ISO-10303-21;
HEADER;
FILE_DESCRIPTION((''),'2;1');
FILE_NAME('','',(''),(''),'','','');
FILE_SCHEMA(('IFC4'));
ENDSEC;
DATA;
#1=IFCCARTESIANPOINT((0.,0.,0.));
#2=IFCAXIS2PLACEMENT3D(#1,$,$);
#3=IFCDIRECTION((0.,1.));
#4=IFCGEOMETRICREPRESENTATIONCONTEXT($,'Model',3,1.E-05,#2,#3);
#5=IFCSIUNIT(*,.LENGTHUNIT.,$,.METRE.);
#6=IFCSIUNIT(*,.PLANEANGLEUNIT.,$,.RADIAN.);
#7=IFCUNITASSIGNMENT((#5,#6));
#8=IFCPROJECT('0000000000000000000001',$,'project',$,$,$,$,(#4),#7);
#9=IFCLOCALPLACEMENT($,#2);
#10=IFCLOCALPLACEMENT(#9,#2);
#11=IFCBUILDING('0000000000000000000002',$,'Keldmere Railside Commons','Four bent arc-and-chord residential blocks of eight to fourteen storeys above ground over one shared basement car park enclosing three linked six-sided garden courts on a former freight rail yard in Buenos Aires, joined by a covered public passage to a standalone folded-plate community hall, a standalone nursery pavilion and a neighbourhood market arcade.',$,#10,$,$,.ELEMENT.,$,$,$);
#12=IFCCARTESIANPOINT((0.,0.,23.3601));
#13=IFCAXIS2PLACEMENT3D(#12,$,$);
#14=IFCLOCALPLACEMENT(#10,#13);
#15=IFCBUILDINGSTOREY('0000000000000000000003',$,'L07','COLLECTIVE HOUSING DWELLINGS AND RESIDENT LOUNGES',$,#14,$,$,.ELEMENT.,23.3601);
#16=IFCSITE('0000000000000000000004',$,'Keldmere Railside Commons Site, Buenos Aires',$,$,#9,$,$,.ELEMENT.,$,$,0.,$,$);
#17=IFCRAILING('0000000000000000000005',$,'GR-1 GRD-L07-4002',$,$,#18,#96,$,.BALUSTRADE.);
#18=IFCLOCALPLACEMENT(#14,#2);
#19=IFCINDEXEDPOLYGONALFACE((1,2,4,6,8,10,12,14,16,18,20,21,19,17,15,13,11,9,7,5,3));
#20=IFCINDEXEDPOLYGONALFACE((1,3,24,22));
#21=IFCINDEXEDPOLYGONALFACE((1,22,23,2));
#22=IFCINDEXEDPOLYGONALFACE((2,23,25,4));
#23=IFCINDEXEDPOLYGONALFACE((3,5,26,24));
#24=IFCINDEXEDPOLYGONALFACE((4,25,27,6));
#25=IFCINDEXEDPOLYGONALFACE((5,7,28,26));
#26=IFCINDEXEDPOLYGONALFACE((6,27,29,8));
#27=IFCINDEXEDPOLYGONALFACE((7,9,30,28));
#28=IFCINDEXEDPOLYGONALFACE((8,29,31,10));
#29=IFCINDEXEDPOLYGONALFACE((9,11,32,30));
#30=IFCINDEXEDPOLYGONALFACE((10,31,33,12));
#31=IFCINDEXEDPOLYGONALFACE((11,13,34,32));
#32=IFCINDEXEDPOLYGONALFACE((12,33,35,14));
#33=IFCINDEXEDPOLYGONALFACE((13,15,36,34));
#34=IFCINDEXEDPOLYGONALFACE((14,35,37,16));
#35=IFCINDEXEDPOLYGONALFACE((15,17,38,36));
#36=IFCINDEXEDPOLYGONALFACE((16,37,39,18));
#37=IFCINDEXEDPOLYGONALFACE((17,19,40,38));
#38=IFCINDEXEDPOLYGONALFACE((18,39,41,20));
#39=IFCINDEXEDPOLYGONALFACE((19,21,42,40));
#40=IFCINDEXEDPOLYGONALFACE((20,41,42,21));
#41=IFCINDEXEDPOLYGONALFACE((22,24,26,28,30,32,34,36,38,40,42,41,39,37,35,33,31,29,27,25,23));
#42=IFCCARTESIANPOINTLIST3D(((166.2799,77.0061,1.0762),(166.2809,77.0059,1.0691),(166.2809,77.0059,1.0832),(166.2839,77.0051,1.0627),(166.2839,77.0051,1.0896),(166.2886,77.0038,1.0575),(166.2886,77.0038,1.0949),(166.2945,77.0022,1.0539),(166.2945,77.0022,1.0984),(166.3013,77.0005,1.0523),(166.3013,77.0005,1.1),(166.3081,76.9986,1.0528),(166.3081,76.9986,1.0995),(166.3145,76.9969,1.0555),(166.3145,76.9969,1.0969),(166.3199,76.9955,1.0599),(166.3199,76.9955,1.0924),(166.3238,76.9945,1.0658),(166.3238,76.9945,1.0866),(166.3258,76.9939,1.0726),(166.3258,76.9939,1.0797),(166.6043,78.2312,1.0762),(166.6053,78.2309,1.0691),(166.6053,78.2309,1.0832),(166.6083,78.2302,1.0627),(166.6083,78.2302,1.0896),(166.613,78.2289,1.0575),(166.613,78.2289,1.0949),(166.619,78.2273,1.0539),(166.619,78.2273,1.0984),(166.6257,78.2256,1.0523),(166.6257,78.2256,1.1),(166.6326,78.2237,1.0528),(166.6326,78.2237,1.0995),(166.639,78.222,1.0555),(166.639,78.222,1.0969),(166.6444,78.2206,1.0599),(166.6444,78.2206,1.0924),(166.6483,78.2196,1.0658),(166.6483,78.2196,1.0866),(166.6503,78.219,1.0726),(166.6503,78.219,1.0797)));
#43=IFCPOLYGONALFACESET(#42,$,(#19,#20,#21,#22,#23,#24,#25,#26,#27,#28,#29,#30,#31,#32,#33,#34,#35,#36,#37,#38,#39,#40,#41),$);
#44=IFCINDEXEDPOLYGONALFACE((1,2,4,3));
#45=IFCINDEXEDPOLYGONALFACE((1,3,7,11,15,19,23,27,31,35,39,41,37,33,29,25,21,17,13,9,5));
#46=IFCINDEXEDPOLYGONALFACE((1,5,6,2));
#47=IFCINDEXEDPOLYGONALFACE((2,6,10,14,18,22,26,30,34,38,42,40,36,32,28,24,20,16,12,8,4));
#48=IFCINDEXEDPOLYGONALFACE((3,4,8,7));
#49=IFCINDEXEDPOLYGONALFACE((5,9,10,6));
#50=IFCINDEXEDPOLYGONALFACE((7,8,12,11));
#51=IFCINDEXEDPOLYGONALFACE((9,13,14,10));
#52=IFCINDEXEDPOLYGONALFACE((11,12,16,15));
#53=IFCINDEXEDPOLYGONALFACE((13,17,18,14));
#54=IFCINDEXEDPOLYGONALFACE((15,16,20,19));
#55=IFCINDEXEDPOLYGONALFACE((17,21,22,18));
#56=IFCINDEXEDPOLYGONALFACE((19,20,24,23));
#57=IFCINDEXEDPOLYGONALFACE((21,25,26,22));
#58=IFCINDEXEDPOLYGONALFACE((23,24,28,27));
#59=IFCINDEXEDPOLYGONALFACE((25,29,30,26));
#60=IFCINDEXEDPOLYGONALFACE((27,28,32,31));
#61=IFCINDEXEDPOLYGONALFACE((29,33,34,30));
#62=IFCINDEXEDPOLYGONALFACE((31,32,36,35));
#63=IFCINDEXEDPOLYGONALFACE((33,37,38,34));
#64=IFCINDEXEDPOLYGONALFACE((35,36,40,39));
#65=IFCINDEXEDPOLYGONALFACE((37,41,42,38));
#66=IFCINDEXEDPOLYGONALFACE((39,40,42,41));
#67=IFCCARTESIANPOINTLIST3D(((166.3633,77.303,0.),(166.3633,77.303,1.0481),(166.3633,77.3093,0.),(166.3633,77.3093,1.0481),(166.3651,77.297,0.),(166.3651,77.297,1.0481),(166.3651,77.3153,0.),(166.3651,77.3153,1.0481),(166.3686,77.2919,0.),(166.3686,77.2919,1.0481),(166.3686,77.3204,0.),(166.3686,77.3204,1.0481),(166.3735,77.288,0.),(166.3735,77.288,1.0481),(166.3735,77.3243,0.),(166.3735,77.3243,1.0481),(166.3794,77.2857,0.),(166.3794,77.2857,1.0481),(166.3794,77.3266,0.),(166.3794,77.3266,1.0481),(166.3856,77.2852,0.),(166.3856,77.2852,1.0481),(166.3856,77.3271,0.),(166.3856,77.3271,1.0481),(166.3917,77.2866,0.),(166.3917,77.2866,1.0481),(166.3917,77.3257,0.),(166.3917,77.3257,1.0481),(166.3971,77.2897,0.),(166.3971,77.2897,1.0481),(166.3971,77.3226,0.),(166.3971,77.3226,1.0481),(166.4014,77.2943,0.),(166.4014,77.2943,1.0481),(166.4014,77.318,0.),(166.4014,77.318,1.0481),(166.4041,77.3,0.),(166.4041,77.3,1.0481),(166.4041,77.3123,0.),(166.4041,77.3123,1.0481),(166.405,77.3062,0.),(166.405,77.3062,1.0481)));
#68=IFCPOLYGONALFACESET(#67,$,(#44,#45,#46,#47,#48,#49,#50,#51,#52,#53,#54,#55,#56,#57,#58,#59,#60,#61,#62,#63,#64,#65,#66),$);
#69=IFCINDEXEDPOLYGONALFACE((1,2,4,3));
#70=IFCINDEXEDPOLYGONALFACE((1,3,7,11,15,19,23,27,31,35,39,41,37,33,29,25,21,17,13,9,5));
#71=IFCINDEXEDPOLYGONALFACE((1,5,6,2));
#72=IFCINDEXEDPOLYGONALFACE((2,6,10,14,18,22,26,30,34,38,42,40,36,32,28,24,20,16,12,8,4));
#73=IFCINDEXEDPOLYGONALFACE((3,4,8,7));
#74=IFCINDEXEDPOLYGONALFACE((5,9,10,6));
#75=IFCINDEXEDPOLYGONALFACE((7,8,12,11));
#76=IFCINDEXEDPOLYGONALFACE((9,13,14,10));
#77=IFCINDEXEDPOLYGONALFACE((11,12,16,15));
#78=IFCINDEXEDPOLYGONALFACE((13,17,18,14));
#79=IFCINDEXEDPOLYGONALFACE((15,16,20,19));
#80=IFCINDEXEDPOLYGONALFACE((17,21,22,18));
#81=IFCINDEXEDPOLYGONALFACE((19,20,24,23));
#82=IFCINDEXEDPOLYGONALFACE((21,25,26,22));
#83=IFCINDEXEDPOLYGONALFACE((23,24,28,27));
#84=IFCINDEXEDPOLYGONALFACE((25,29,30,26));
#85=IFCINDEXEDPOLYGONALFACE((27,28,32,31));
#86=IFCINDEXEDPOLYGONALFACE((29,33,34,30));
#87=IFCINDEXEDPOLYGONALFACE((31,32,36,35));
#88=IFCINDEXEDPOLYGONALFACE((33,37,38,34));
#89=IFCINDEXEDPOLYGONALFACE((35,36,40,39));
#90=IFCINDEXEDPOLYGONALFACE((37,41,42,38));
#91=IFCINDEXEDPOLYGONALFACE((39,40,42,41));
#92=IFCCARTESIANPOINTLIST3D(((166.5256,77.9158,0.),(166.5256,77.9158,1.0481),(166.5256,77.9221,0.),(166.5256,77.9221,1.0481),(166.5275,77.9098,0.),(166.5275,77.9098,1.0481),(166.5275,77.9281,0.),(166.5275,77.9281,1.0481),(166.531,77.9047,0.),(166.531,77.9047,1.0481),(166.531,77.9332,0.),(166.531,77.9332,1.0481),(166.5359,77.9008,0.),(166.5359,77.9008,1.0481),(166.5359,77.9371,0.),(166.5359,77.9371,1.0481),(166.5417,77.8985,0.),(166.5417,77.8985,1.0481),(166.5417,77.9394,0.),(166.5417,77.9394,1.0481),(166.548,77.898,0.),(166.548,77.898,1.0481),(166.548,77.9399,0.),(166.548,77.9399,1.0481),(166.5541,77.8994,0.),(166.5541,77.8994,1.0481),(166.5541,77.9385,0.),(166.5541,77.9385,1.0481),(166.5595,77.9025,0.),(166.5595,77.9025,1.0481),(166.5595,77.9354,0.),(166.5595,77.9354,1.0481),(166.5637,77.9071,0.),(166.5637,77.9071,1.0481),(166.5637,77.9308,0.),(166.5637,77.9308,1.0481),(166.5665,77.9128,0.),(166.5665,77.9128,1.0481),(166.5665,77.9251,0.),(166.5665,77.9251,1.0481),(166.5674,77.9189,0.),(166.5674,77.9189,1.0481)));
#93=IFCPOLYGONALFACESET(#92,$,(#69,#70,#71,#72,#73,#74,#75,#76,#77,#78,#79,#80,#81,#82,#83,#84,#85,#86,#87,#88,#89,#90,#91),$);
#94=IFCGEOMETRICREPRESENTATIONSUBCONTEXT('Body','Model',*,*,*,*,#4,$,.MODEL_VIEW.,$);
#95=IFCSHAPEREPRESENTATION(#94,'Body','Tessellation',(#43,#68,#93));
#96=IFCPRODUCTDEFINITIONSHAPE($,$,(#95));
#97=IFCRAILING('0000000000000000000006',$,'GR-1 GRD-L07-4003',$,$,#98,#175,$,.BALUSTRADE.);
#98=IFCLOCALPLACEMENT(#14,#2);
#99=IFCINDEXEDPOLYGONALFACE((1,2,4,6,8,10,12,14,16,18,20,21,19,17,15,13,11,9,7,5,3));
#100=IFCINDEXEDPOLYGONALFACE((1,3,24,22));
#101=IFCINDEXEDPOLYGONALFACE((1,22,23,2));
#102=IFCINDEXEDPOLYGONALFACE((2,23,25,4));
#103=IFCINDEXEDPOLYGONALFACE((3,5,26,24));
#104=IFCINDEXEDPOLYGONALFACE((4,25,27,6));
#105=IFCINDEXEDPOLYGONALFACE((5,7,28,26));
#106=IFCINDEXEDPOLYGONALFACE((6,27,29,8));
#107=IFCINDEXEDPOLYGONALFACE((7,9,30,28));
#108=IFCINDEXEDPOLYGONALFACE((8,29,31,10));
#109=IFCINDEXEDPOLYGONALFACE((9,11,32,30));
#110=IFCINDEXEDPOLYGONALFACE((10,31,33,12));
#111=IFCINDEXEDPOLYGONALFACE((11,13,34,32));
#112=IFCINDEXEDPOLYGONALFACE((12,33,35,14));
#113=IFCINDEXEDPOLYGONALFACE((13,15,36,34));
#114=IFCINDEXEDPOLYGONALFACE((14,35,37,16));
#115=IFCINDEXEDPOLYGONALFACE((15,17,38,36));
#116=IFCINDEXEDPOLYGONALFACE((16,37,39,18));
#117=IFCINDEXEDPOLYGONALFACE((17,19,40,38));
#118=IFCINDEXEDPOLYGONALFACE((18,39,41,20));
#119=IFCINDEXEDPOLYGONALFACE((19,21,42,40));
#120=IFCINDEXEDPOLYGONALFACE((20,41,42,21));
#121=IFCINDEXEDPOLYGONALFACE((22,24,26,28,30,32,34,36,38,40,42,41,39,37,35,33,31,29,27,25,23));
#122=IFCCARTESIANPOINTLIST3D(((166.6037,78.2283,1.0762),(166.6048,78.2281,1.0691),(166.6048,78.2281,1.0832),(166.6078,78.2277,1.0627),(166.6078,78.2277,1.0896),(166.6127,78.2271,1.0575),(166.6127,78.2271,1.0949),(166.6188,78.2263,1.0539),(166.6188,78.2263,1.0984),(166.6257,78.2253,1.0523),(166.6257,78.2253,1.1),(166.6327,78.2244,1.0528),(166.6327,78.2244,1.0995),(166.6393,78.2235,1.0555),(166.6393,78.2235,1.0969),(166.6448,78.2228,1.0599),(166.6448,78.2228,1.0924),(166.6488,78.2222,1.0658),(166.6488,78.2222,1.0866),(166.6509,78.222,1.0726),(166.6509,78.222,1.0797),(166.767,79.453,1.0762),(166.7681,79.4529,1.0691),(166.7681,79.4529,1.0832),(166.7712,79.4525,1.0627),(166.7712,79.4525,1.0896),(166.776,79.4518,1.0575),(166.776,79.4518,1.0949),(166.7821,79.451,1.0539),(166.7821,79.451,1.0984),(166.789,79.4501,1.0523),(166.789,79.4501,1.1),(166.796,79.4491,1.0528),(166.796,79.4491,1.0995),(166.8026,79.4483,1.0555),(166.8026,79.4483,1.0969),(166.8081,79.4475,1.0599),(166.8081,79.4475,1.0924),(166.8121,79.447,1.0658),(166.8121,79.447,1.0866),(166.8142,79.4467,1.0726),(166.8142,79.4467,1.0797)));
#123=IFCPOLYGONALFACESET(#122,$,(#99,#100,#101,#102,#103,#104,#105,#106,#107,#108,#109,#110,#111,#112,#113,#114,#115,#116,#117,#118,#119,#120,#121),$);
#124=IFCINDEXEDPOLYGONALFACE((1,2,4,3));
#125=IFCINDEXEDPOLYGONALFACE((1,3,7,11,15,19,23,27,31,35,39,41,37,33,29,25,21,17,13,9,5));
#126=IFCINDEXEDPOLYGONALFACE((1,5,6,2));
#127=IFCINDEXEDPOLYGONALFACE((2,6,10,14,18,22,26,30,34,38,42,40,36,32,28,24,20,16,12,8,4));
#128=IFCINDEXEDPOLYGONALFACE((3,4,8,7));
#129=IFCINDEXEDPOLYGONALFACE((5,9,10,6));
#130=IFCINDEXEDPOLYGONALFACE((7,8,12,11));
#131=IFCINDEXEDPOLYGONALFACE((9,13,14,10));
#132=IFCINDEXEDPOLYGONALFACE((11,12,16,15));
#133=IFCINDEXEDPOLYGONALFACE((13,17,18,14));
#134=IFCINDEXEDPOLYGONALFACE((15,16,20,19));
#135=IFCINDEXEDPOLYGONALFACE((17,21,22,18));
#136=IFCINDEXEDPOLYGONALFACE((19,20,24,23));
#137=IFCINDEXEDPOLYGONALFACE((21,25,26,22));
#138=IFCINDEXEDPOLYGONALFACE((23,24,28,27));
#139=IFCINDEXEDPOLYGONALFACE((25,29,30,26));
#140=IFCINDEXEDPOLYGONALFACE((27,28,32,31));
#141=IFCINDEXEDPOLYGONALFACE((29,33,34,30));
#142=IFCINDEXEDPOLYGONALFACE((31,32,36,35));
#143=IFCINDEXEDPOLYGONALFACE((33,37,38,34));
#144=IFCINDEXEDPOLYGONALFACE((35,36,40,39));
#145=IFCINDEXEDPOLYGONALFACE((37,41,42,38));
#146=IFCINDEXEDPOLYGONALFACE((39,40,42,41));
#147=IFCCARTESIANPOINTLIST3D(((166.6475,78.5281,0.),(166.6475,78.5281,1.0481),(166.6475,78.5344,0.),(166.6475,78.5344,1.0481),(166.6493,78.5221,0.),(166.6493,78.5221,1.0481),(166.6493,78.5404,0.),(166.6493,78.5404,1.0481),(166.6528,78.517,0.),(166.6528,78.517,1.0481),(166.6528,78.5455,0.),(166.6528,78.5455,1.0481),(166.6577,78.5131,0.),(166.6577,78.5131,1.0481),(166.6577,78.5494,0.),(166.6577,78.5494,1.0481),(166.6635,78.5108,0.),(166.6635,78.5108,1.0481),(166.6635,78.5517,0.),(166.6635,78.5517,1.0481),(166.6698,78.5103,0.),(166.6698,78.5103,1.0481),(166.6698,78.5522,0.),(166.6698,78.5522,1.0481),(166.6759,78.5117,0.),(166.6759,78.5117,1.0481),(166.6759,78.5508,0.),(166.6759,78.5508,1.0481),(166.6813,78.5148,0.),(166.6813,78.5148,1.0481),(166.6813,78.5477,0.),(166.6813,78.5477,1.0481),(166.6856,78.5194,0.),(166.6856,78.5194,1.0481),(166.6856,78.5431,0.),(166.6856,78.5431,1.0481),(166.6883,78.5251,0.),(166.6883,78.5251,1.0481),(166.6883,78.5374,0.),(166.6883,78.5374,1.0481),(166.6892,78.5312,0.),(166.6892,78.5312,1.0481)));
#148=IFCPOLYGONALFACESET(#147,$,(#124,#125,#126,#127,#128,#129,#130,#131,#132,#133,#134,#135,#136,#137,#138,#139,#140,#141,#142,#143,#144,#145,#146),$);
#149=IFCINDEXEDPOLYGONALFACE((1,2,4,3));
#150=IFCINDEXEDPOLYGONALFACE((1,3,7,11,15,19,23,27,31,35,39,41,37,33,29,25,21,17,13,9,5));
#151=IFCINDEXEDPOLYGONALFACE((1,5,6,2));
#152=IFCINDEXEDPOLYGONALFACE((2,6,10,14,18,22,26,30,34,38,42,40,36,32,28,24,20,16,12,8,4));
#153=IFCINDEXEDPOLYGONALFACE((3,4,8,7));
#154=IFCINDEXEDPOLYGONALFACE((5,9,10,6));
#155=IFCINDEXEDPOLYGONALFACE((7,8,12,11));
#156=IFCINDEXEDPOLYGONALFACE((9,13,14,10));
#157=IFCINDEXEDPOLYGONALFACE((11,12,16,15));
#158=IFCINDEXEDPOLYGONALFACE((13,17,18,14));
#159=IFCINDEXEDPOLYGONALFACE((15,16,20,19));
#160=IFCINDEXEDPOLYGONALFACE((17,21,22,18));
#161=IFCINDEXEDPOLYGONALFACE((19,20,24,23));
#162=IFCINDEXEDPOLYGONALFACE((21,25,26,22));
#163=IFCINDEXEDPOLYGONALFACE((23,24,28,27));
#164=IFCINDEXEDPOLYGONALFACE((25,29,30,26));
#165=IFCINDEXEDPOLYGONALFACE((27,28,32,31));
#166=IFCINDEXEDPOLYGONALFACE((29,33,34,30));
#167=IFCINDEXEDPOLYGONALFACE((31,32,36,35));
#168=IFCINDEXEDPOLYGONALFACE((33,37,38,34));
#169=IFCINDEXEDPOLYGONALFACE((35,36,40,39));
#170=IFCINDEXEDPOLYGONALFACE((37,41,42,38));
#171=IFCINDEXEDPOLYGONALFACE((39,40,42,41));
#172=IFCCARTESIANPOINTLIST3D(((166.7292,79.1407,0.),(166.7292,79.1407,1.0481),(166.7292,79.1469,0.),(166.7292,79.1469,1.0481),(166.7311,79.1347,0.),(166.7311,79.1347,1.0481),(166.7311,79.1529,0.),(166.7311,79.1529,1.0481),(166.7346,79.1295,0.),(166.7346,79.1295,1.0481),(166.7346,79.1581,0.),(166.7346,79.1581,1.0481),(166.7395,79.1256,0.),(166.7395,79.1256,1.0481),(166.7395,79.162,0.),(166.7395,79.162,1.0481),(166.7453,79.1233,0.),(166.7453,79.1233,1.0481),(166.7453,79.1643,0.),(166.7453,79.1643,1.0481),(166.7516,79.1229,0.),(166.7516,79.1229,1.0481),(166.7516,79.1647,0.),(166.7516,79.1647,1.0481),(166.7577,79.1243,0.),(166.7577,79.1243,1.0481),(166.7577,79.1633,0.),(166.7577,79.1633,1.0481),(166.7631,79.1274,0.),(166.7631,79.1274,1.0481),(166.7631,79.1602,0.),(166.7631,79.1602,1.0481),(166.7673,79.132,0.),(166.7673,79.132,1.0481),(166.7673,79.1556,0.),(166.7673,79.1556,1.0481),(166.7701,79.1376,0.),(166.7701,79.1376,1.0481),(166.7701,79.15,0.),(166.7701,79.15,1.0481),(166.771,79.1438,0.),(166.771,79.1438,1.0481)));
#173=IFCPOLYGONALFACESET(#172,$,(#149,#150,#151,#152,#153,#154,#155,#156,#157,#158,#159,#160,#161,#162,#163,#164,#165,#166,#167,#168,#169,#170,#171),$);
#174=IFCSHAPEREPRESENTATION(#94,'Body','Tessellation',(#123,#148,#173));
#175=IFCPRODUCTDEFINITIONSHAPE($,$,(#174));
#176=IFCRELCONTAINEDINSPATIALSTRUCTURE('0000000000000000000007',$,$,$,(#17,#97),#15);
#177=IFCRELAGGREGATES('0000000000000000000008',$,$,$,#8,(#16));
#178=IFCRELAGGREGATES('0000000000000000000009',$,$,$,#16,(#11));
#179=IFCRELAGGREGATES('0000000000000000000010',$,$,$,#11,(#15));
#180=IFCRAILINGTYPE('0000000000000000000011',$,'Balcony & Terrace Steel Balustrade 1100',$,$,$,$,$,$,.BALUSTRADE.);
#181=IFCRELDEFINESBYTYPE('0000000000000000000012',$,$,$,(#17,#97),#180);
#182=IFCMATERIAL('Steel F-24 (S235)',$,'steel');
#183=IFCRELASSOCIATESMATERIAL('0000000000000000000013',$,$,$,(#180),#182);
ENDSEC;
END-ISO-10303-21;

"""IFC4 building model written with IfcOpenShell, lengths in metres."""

from ifc_helpers import new_model, si_unit, direction, frame, origin, origin_2d, place, context, subcontext, project, spatial, circle, extrude, material, type_object, element, save


model = new_model("IFC4")

# Units and contexts
model_context = context("Model", 3, precision=1e-05, world=origin(), true_north=direction((0.0, 1.0)))
body_context = subcontext(model_context, "Body", "Model", "MODEL_VIEW")
ifc_project = project(units=[si_unit("LENGTHUNIT", "METRE"), si_unit("PLANEANGLEUNIT", "RADIAN")], contexts=[model_context])

# Site, building, storey
site_placement = place(None, origin())
site = spatial("IfcSite", under=ifc_project, at=site_placement, Name="Keldmere Railside Commons Site, Buenos Aires", CompositionType="ELEMENT", RefElevation=0.0)
building_placement = place(site_placement, origin())
building = spatial("IfcBuilding", under=site, at=building_placement, Name="Keldmere Railside Commons", Description="Four bent arc-and-chord residential blocks of eight to fourteen storeys above ground over one shared basement car park enclosing three linked six-sided garden courts on a former freight rail yard in Buenos Aires, joined by a covered public passage to a standalone folded-plate community hall, a standalone nursery pavilion and a neighbourhood market arcade.", CompositionType="ELEMENT")
storey_placement = place(building_placement, frame((0.0, 0.0, 23.3601)))
storey = spatial("IfcBuildingStorey", under=building, at=storey_placement, Name="L07", Description="COLLECTIVE HOUSING DWELLINGS AND RESIDENT LOUNGES", CompositionType="ELEMENT", Elevation=23.3601)

# Railings
ifc_material_1 = material(Name="Steel F-24 (S235)", Category="steel")
railing_type = type_object("IfcRailingType", Name="Balcony & Terrace Steel Balustrade 1100", PredefinedType="BALUSTRADE", material=ifc_material_1)
railing_1_placement = place(storey_placement, frame((166.303, 77.0, 0.0)))
element("IfcRailing", 1, at=railing_1_placement, inside=storey, type_object=railing_type, Name="GR-1 GRD-L07-4002", PredefinedType="BALUSTRADE", context=body_context, shape_type="SweptSolid", body=[
    extrude(circle(Radius=0.0239, at=origin_2d()), frame((0.0, 0.0, 1.0762), z_axis=(0.25602, 0.966672, 0.0), x_axis=(-0.966672, 0.25602, 0.0)), (0.0, 0.0, 1.0), 1.2673),
    extrude(circle(Radius=0.021, at=origin_2d()), frame((0.0811, 0.3062, 0.0)), (0.0, 0.0, 1.0), 1.0481),
    extrude(circle(Radius=0.021, at=origin_2d()), frame((0.2434, 0.9189, 0.0)), (0.0, 0.0, 1.0), 1.0481),
])
railing_2_placement = place(storey_placement, frame((166.6274, 78.2251, 0.0)))
element("IfcRailing", 2, at=railing_2_placement, inside=storey, type_object=railing_type, Name="GR-1 GRD-L07-4003", PredefinedType="BALUSTRADE", context=body_context, shape_type="SweptSolid", body=[
    extrude(circle(Radius=0.0239, at=origin_2d()), frame((0.0, 0.0, 1.0762), z_axis=(0.132177, 0.991226, 0.0), x_axis=(-0.991226, 0.132177, 0.0)), (0.0, 0.0, 1.0), 1.2356),
    extrude(circle(Radius=0.021, at=origin_2d()), frame((0.0408, 0.3062, 0.0)), (0.0, 0.0, 1.0), 1.0481),
    extrude(circle(Radius=0.021, at=origin_2d()), frame((0.1226, 0.9187, 0.0)), (0.0, 0.0, 1.0), 1.0481),
])

save(model, "model.ifc")
